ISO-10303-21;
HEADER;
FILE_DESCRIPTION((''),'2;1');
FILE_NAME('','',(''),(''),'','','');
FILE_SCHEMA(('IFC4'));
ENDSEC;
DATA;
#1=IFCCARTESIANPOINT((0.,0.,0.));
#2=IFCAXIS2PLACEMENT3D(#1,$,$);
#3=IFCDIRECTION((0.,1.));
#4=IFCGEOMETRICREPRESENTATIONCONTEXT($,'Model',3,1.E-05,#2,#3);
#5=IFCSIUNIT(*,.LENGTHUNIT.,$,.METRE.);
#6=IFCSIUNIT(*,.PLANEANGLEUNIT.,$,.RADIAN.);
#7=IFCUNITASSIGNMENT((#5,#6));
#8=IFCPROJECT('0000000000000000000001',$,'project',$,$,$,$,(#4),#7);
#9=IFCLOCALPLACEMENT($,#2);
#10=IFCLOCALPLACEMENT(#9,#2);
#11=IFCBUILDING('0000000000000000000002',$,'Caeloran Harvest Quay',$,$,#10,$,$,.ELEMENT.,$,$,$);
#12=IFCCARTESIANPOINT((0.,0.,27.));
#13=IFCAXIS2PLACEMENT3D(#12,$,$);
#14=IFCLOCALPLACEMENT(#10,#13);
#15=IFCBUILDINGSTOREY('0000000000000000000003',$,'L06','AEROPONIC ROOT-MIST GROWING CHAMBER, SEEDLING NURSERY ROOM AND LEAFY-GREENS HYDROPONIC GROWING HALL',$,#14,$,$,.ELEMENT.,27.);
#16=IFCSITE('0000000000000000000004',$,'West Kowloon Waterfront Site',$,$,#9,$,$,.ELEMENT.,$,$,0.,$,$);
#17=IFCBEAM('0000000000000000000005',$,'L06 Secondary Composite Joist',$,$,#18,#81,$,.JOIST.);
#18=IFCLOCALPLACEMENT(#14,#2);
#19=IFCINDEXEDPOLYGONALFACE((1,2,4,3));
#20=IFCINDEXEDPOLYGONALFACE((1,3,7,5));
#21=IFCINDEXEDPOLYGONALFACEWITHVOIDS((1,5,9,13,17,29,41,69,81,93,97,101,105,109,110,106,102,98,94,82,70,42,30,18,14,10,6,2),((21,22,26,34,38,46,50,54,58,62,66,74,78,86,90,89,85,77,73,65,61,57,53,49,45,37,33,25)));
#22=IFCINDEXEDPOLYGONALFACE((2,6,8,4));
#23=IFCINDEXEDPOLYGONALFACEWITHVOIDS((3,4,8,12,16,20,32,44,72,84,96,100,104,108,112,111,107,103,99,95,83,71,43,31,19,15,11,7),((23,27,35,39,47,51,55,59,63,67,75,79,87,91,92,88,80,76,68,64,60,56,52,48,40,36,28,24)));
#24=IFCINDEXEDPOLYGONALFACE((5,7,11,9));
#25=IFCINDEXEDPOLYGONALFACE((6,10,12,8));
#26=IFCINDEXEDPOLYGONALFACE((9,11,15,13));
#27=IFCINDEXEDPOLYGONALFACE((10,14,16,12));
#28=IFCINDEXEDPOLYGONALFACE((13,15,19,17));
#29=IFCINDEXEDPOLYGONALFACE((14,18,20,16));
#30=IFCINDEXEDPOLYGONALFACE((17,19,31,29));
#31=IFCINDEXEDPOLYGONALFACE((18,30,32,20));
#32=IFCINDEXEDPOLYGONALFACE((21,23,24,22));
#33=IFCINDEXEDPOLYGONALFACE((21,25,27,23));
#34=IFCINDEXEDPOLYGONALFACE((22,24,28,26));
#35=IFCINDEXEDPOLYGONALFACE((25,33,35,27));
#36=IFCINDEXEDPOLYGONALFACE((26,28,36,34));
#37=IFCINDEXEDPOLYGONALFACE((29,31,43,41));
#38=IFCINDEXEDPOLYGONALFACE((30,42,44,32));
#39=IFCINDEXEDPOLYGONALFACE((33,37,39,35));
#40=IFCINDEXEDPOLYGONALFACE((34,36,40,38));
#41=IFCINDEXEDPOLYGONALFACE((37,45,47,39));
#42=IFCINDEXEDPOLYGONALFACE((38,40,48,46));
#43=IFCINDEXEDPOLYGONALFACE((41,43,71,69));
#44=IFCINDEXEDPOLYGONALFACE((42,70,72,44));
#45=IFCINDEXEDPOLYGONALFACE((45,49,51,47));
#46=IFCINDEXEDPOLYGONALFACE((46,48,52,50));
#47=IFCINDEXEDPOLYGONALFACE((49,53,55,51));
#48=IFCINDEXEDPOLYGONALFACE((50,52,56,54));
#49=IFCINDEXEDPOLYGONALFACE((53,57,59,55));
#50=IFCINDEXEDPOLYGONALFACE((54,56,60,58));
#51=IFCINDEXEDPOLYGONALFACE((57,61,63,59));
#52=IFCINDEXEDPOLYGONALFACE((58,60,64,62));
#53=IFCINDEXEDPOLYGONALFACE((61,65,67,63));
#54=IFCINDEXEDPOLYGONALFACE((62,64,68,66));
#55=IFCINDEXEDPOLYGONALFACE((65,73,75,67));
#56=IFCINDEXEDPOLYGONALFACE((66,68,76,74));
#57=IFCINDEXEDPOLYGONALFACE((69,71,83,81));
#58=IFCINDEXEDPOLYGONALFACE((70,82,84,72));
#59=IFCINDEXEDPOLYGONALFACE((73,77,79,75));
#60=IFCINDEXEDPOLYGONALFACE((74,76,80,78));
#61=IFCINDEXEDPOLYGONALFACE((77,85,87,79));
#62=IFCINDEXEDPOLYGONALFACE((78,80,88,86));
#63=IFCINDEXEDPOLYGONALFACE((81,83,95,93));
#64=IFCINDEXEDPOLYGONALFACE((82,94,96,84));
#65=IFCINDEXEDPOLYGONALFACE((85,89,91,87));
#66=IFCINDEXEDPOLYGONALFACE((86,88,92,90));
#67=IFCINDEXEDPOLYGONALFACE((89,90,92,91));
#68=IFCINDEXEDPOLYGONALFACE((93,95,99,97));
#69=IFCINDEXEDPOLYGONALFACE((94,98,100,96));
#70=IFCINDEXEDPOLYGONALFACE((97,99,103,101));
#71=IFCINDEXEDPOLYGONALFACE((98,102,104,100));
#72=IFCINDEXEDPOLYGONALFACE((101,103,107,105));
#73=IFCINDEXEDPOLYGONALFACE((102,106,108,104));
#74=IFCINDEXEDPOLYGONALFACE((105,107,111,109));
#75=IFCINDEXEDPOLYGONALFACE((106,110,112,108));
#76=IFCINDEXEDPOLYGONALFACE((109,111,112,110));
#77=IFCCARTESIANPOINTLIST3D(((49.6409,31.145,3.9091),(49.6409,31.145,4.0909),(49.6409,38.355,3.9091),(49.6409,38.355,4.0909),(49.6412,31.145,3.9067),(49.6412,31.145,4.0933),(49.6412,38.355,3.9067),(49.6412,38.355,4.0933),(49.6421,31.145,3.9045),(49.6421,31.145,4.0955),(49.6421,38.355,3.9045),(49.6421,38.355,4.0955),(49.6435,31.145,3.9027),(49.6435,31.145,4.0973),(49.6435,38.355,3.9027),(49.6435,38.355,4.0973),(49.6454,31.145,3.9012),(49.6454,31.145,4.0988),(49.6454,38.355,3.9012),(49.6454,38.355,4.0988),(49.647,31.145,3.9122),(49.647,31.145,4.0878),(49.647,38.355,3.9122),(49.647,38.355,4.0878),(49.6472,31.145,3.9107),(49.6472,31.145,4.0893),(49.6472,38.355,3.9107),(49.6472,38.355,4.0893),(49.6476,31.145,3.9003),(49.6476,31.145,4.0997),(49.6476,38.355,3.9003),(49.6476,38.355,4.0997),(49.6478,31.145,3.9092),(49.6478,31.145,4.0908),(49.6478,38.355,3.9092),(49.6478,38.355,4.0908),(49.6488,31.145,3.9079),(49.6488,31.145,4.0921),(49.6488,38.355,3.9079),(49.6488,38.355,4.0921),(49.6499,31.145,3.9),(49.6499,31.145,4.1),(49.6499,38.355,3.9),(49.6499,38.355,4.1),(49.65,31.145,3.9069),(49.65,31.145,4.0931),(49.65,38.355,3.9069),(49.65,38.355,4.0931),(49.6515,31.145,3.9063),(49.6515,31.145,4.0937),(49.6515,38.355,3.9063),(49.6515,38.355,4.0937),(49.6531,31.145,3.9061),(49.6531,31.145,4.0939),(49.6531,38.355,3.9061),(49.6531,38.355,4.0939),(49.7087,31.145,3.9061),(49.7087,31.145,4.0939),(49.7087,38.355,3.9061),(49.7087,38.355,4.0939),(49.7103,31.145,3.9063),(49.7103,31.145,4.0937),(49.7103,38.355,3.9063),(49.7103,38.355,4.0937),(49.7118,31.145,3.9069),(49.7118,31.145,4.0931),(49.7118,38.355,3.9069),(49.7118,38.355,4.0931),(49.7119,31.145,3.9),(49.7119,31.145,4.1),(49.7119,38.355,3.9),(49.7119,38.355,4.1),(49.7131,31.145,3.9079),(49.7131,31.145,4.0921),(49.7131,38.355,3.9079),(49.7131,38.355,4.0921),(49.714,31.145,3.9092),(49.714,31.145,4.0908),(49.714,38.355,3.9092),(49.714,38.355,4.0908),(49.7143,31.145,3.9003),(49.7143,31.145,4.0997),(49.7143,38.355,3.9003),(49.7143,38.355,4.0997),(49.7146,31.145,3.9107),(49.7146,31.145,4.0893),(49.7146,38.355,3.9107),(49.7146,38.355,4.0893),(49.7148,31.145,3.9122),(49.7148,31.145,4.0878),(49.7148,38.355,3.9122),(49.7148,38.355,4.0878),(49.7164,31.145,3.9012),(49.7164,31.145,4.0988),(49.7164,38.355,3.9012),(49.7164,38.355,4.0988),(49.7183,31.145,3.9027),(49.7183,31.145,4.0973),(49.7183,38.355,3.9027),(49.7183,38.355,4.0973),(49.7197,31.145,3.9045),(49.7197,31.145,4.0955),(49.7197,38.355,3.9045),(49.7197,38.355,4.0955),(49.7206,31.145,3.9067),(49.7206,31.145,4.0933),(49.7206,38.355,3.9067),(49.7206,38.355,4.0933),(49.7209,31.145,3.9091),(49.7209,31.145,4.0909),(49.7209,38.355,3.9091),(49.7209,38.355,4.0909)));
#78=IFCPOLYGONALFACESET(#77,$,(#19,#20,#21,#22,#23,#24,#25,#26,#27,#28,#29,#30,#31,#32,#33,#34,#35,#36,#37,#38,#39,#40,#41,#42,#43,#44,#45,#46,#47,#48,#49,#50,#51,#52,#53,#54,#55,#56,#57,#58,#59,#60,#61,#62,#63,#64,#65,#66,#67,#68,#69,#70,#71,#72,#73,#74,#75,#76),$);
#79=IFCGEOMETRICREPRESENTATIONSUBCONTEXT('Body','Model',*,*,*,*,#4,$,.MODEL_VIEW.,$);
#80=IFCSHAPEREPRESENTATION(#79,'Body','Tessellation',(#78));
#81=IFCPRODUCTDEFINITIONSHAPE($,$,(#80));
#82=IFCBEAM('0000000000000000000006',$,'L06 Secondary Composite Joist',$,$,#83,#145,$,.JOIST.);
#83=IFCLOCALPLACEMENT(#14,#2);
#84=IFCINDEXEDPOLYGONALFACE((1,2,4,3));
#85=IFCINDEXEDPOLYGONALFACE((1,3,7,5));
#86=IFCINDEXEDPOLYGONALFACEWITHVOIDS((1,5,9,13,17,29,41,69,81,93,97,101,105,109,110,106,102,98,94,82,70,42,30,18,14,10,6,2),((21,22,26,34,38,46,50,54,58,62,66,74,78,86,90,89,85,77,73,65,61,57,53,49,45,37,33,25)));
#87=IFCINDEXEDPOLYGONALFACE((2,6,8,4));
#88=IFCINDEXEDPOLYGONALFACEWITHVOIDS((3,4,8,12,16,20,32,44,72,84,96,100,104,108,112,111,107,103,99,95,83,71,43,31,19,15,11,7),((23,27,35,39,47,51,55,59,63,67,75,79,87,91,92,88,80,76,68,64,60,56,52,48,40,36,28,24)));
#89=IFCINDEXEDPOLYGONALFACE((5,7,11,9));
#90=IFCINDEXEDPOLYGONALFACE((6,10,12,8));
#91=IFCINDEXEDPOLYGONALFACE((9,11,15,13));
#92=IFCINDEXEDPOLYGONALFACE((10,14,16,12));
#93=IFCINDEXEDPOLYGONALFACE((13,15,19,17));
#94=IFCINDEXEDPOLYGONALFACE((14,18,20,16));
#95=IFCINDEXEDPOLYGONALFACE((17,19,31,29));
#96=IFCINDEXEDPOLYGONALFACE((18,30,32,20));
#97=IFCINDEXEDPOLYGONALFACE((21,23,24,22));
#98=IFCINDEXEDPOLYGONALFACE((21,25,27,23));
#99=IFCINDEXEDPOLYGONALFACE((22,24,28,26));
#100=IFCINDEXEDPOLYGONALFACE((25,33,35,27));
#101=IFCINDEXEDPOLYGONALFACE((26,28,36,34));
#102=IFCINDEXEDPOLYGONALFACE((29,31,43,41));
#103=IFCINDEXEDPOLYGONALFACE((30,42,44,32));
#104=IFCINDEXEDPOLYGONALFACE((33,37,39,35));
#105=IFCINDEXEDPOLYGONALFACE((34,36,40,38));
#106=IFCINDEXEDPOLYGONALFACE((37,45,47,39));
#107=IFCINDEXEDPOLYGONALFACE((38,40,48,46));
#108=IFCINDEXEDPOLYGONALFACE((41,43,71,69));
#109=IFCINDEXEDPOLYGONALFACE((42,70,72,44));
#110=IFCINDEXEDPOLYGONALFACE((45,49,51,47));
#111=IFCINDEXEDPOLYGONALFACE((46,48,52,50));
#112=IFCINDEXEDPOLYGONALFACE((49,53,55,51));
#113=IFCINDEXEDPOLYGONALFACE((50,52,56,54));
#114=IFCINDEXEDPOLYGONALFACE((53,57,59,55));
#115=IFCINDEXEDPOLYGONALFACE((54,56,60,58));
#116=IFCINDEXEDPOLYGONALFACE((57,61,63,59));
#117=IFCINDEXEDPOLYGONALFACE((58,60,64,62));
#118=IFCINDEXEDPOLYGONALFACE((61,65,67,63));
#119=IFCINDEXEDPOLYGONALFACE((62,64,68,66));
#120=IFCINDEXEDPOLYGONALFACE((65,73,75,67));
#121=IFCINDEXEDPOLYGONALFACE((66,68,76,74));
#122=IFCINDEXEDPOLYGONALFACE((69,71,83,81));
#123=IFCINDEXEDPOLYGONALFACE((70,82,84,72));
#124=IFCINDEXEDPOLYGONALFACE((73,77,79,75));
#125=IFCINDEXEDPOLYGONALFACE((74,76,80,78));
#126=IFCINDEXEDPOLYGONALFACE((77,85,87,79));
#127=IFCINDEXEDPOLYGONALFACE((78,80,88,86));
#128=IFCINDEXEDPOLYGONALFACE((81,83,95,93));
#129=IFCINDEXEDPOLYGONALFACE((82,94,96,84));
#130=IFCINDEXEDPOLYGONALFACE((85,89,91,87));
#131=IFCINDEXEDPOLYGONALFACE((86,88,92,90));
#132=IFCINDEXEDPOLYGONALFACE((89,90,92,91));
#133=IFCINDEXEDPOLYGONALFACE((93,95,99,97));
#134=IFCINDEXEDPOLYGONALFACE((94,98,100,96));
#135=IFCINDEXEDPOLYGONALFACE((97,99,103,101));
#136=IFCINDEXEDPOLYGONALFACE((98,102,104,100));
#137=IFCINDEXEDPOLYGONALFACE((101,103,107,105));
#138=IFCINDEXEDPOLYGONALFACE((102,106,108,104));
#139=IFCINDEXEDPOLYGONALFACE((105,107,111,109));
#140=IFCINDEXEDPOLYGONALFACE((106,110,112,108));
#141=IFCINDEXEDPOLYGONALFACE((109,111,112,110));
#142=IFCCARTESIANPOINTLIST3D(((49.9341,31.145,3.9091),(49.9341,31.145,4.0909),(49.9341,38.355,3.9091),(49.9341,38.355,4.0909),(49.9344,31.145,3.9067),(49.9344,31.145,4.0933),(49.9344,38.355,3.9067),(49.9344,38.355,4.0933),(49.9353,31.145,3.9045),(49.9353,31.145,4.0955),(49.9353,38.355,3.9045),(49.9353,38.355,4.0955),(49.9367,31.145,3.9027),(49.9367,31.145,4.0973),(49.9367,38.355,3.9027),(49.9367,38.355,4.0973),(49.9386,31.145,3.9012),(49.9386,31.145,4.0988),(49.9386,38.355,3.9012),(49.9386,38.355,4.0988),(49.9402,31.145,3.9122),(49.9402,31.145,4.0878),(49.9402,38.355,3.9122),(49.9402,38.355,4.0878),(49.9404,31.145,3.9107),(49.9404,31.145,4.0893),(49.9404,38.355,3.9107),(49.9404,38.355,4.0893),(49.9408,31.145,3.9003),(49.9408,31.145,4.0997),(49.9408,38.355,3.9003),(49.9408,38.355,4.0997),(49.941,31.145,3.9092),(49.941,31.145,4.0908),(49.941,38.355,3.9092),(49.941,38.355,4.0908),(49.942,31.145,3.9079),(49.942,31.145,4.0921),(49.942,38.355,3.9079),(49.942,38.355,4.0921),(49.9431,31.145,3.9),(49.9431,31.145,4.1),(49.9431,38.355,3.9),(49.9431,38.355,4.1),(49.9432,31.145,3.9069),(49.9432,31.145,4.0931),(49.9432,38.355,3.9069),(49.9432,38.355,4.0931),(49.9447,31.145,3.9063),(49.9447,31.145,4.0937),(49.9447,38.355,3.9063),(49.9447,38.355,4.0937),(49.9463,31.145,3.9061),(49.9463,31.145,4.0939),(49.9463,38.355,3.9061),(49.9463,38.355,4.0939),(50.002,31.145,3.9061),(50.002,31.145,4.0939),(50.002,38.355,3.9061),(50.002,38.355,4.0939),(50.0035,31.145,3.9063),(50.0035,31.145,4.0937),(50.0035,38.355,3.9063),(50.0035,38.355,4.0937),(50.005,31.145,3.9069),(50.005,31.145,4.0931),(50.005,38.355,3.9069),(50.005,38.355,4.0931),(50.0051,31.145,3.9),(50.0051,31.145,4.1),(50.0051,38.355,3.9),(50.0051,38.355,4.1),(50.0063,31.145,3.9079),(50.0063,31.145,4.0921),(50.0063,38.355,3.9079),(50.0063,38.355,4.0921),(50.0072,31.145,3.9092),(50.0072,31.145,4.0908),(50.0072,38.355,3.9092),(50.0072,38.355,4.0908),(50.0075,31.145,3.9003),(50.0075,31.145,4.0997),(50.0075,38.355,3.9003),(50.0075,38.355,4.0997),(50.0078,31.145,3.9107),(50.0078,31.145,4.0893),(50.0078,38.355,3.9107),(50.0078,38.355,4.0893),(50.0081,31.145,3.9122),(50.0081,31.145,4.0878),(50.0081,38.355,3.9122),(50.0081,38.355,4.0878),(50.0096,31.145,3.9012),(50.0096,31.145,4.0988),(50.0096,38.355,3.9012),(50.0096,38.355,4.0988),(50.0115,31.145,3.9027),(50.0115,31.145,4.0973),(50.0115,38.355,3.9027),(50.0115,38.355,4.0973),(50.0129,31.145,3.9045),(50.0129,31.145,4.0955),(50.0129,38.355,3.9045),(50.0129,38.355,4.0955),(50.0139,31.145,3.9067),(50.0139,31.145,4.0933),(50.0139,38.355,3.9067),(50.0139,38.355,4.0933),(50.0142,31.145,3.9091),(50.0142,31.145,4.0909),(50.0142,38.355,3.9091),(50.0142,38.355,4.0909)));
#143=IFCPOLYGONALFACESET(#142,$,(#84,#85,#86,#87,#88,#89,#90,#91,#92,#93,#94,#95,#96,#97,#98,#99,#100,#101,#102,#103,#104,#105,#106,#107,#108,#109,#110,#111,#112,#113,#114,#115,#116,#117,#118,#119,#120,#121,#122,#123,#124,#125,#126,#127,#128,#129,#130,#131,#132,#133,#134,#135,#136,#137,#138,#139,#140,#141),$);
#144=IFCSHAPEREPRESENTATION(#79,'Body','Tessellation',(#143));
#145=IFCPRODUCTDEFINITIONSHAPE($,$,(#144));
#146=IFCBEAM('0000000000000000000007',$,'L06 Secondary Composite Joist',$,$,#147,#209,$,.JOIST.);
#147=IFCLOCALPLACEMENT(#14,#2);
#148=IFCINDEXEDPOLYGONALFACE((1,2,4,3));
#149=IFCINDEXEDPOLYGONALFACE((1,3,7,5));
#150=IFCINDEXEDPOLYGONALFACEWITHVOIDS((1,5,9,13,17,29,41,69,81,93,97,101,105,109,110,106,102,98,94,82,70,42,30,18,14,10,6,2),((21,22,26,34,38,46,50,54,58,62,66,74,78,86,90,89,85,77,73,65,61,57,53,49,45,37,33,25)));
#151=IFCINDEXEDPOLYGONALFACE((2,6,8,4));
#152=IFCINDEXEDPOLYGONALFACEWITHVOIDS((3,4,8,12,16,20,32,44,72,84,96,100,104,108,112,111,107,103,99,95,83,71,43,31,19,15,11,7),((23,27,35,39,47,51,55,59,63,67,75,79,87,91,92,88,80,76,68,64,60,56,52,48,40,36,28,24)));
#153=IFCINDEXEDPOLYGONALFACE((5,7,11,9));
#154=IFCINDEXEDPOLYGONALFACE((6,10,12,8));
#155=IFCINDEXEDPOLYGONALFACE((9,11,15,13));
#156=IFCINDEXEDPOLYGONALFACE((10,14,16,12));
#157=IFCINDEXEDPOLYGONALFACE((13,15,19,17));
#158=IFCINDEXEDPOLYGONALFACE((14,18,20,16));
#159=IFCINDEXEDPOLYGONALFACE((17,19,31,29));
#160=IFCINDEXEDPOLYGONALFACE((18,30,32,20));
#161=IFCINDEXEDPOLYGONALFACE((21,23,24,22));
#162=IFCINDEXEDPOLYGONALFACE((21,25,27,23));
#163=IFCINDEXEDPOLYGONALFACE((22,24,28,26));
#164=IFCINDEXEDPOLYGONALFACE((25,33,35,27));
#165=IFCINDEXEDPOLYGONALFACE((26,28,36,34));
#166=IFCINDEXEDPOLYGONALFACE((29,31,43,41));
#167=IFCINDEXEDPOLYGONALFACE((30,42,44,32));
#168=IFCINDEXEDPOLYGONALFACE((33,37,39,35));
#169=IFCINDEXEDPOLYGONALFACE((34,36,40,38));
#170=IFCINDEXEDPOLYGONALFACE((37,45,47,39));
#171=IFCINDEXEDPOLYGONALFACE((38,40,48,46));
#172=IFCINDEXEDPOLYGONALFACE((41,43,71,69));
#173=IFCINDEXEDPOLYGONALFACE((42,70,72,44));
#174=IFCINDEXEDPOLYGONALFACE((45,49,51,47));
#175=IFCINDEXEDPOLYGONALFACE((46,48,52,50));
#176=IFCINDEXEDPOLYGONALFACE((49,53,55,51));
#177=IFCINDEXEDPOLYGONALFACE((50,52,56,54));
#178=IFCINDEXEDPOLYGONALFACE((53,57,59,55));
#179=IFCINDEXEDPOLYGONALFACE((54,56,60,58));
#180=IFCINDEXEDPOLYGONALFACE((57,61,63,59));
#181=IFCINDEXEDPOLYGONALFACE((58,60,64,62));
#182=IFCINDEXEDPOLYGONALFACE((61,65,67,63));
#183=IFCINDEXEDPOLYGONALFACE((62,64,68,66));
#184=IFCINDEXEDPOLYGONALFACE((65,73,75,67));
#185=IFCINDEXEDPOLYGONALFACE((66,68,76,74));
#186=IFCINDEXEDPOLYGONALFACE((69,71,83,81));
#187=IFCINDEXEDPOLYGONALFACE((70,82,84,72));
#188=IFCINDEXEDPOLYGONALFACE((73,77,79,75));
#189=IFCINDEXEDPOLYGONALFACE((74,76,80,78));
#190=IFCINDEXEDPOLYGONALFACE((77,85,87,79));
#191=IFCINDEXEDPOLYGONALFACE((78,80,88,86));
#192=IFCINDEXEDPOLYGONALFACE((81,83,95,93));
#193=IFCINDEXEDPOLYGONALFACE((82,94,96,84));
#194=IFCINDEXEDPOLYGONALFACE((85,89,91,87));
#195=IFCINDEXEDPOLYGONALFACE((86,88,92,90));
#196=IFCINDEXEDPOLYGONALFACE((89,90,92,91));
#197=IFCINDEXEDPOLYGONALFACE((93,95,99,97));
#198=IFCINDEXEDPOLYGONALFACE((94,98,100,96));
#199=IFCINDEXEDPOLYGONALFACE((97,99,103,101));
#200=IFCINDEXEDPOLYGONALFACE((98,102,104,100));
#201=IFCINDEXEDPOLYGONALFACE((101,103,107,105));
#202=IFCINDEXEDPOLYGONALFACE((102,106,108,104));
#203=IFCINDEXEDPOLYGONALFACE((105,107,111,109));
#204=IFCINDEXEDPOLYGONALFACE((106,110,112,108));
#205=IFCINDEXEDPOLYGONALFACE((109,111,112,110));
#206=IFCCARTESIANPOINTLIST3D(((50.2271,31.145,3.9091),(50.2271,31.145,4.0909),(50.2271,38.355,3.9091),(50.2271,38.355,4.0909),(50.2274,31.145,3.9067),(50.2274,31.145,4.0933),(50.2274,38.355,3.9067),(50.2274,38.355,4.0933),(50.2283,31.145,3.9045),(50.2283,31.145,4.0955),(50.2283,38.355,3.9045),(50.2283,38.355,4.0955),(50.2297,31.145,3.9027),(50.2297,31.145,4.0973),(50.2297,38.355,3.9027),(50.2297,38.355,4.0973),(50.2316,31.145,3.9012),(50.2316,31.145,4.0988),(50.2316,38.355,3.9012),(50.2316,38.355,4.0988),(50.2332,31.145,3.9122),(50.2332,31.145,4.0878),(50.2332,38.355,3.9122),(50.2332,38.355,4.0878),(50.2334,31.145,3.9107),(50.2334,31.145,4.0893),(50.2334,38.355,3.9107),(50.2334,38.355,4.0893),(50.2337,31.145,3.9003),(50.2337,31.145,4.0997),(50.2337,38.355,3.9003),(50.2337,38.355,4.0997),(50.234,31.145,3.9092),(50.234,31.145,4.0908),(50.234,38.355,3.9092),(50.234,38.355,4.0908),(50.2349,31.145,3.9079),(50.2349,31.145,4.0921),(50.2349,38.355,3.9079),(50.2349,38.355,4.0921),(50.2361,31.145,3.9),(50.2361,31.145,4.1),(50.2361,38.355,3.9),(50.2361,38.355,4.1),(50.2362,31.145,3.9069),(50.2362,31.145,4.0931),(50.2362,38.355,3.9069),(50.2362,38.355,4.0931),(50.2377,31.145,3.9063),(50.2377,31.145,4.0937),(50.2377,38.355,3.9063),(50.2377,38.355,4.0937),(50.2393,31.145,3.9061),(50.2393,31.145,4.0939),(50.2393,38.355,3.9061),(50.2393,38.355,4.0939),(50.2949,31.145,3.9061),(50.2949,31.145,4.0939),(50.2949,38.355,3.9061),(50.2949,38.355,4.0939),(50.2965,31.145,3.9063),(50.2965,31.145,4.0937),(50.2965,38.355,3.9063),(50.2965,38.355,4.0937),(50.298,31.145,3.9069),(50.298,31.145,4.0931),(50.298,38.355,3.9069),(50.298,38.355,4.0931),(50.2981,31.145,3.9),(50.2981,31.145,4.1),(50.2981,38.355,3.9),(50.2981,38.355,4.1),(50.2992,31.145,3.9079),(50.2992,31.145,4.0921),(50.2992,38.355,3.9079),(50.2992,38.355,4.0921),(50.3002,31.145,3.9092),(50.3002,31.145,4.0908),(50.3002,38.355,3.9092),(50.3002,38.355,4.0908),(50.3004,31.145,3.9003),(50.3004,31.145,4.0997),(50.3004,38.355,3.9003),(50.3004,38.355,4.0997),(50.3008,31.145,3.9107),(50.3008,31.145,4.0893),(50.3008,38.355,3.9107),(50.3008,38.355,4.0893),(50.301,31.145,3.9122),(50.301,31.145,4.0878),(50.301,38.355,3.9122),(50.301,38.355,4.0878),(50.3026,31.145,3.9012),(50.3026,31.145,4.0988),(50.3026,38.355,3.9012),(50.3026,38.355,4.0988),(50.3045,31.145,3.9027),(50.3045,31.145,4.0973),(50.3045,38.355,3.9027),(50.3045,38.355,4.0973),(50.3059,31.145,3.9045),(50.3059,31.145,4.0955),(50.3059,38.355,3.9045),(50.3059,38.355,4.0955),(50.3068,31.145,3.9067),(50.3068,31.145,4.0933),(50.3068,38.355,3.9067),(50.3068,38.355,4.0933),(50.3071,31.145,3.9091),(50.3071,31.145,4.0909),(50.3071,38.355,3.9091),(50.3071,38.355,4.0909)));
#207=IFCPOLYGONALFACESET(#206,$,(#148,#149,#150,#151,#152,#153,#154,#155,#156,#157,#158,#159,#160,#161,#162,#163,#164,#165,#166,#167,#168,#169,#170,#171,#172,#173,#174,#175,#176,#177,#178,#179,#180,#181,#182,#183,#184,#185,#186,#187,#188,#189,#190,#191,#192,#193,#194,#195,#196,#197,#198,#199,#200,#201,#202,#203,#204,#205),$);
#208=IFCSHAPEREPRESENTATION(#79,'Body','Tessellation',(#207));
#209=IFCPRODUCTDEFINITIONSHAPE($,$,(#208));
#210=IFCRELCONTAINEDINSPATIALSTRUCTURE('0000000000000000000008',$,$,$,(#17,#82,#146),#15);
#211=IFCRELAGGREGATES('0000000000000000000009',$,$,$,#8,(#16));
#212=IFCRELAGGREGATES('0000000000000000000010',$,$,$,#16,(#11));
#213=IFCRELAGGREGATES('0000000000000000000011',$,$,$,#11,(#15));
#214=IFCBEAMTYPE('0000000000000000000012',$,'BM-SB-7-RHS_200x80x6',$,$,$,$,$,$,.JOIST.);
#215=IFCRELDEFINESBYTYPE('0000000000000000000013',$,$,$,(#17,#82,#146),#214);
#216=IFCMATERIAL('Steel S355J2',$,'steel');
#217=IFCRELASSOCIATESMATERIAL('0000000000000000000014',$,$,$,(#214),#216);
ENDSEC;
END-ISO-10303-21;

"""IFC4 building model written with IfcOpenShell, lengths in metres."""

from ifc_helpers import new_model, si_unit, direction, frame, origin, origin_2d, place, context, subcontext, project, spatial, hollow_rectangle, extrude, material, material_profile, profile_set, type_object, element, save


model = new_model("IFC4")

# Units and contexts
model_context = context("Model", 3, precision=1e-05, world=origin(), true_north=direction((0.0, 1.0)))
body_context = subcontext(model_context, "Body", "Model", "MODEL_VIEW")
ifc_project = project(units=[si_unit("LENGTHUNIT", "METRE"), si_unit("PLANEANGLEUNIT", "RADIAN")], contexts=[model_context])

# Site, building, storey
site_placement = place(None, origin())
site = spatial("IfcSite", under=ifc_project, at=site_placement, Name="West Kowloon Waterfront Site", CompositionType="ELEMENT", RefElevation=0.0)
building_placement = place(site_placement, origin())
building = spatial("IfcBuilding", under=site, at=building_placement, Name="Caeloran Harvest Quay", CompositionType="ELEMENT")
storey_placement = place(building_placement, frame((0.0, 0.0, 27.0)))
storey = spatial("IfcBuildingStorey", under=building, at=storey_placement, Name="L06", Description="AEROPONIC ROOT-MIST GROWING CHAMBER, SEEDLING NURSERY ROOM AND LEAFY-GREENS HYDROPONIC GROWING HALL", CompositionType="ELEMENT", Elevation=27.0)

# Beams
ifc_material_1 = material(Name="Steel S355J2", Category="steel")
ifc_material_profile_1 = material_profile(ifc_material_1, hollow_rectangle(XDim=0.0801, YDim=0.2, WallThickness=0.0061, InnerFilletRadius=0.0061, OuterFilletRadius=0.009, at=origin_2d()), Name="RHS 200x80x6")
ifc_profile_set_1 = profile_set([ifc_material_profile_1], Name="Steel S355J2")
beam_type_1 = type_object("IfcBeamType", Name="BM-SB-7-RHS_200x80x6", PredefinedType="JOIST", material=ifc_profile_set_1)
for number, where, z_axis, x_axis, name in (
    (1, (49.6809, 31.145, 4.0), (0.0, 1.0, 0.0), (-1.0, 0.0, 0.0), "L06 Secondary Composite Joist"),
    (2, (49.9741, 31.145, 4.0), (0.0, 1.0, 0.0), (-1.0, 0.0, 0.0), "L06 Secondary Composite Joist"),
    (3, (50.2671, 31.145, 4.0), (0.0, 1.0, 0.0), (-1.0, 0.0, 0.0), "L06 Secondary Composite Joist"),
):
    element("IfcBeam", number, at=place(storey_placement, frame(where, z_axis=z_axis, x_axis=x_axis)), inside=storey, type_object=beam_type_1, Name=name, PredefinedType="JOIST", context=body_context, shape_type="SweptSolid", body=[
        extrude(hollow_rectangle(XDim=0.0801, YDim=0.2, WallThickness=0.0061, InnerFilletRadius=0.0061, OuterFilletRadius=0.009, at=origin_2d()), origin(), (0.0, 0.0, 1.0), 7.21),
    ])

save(model, "model.ifc")
